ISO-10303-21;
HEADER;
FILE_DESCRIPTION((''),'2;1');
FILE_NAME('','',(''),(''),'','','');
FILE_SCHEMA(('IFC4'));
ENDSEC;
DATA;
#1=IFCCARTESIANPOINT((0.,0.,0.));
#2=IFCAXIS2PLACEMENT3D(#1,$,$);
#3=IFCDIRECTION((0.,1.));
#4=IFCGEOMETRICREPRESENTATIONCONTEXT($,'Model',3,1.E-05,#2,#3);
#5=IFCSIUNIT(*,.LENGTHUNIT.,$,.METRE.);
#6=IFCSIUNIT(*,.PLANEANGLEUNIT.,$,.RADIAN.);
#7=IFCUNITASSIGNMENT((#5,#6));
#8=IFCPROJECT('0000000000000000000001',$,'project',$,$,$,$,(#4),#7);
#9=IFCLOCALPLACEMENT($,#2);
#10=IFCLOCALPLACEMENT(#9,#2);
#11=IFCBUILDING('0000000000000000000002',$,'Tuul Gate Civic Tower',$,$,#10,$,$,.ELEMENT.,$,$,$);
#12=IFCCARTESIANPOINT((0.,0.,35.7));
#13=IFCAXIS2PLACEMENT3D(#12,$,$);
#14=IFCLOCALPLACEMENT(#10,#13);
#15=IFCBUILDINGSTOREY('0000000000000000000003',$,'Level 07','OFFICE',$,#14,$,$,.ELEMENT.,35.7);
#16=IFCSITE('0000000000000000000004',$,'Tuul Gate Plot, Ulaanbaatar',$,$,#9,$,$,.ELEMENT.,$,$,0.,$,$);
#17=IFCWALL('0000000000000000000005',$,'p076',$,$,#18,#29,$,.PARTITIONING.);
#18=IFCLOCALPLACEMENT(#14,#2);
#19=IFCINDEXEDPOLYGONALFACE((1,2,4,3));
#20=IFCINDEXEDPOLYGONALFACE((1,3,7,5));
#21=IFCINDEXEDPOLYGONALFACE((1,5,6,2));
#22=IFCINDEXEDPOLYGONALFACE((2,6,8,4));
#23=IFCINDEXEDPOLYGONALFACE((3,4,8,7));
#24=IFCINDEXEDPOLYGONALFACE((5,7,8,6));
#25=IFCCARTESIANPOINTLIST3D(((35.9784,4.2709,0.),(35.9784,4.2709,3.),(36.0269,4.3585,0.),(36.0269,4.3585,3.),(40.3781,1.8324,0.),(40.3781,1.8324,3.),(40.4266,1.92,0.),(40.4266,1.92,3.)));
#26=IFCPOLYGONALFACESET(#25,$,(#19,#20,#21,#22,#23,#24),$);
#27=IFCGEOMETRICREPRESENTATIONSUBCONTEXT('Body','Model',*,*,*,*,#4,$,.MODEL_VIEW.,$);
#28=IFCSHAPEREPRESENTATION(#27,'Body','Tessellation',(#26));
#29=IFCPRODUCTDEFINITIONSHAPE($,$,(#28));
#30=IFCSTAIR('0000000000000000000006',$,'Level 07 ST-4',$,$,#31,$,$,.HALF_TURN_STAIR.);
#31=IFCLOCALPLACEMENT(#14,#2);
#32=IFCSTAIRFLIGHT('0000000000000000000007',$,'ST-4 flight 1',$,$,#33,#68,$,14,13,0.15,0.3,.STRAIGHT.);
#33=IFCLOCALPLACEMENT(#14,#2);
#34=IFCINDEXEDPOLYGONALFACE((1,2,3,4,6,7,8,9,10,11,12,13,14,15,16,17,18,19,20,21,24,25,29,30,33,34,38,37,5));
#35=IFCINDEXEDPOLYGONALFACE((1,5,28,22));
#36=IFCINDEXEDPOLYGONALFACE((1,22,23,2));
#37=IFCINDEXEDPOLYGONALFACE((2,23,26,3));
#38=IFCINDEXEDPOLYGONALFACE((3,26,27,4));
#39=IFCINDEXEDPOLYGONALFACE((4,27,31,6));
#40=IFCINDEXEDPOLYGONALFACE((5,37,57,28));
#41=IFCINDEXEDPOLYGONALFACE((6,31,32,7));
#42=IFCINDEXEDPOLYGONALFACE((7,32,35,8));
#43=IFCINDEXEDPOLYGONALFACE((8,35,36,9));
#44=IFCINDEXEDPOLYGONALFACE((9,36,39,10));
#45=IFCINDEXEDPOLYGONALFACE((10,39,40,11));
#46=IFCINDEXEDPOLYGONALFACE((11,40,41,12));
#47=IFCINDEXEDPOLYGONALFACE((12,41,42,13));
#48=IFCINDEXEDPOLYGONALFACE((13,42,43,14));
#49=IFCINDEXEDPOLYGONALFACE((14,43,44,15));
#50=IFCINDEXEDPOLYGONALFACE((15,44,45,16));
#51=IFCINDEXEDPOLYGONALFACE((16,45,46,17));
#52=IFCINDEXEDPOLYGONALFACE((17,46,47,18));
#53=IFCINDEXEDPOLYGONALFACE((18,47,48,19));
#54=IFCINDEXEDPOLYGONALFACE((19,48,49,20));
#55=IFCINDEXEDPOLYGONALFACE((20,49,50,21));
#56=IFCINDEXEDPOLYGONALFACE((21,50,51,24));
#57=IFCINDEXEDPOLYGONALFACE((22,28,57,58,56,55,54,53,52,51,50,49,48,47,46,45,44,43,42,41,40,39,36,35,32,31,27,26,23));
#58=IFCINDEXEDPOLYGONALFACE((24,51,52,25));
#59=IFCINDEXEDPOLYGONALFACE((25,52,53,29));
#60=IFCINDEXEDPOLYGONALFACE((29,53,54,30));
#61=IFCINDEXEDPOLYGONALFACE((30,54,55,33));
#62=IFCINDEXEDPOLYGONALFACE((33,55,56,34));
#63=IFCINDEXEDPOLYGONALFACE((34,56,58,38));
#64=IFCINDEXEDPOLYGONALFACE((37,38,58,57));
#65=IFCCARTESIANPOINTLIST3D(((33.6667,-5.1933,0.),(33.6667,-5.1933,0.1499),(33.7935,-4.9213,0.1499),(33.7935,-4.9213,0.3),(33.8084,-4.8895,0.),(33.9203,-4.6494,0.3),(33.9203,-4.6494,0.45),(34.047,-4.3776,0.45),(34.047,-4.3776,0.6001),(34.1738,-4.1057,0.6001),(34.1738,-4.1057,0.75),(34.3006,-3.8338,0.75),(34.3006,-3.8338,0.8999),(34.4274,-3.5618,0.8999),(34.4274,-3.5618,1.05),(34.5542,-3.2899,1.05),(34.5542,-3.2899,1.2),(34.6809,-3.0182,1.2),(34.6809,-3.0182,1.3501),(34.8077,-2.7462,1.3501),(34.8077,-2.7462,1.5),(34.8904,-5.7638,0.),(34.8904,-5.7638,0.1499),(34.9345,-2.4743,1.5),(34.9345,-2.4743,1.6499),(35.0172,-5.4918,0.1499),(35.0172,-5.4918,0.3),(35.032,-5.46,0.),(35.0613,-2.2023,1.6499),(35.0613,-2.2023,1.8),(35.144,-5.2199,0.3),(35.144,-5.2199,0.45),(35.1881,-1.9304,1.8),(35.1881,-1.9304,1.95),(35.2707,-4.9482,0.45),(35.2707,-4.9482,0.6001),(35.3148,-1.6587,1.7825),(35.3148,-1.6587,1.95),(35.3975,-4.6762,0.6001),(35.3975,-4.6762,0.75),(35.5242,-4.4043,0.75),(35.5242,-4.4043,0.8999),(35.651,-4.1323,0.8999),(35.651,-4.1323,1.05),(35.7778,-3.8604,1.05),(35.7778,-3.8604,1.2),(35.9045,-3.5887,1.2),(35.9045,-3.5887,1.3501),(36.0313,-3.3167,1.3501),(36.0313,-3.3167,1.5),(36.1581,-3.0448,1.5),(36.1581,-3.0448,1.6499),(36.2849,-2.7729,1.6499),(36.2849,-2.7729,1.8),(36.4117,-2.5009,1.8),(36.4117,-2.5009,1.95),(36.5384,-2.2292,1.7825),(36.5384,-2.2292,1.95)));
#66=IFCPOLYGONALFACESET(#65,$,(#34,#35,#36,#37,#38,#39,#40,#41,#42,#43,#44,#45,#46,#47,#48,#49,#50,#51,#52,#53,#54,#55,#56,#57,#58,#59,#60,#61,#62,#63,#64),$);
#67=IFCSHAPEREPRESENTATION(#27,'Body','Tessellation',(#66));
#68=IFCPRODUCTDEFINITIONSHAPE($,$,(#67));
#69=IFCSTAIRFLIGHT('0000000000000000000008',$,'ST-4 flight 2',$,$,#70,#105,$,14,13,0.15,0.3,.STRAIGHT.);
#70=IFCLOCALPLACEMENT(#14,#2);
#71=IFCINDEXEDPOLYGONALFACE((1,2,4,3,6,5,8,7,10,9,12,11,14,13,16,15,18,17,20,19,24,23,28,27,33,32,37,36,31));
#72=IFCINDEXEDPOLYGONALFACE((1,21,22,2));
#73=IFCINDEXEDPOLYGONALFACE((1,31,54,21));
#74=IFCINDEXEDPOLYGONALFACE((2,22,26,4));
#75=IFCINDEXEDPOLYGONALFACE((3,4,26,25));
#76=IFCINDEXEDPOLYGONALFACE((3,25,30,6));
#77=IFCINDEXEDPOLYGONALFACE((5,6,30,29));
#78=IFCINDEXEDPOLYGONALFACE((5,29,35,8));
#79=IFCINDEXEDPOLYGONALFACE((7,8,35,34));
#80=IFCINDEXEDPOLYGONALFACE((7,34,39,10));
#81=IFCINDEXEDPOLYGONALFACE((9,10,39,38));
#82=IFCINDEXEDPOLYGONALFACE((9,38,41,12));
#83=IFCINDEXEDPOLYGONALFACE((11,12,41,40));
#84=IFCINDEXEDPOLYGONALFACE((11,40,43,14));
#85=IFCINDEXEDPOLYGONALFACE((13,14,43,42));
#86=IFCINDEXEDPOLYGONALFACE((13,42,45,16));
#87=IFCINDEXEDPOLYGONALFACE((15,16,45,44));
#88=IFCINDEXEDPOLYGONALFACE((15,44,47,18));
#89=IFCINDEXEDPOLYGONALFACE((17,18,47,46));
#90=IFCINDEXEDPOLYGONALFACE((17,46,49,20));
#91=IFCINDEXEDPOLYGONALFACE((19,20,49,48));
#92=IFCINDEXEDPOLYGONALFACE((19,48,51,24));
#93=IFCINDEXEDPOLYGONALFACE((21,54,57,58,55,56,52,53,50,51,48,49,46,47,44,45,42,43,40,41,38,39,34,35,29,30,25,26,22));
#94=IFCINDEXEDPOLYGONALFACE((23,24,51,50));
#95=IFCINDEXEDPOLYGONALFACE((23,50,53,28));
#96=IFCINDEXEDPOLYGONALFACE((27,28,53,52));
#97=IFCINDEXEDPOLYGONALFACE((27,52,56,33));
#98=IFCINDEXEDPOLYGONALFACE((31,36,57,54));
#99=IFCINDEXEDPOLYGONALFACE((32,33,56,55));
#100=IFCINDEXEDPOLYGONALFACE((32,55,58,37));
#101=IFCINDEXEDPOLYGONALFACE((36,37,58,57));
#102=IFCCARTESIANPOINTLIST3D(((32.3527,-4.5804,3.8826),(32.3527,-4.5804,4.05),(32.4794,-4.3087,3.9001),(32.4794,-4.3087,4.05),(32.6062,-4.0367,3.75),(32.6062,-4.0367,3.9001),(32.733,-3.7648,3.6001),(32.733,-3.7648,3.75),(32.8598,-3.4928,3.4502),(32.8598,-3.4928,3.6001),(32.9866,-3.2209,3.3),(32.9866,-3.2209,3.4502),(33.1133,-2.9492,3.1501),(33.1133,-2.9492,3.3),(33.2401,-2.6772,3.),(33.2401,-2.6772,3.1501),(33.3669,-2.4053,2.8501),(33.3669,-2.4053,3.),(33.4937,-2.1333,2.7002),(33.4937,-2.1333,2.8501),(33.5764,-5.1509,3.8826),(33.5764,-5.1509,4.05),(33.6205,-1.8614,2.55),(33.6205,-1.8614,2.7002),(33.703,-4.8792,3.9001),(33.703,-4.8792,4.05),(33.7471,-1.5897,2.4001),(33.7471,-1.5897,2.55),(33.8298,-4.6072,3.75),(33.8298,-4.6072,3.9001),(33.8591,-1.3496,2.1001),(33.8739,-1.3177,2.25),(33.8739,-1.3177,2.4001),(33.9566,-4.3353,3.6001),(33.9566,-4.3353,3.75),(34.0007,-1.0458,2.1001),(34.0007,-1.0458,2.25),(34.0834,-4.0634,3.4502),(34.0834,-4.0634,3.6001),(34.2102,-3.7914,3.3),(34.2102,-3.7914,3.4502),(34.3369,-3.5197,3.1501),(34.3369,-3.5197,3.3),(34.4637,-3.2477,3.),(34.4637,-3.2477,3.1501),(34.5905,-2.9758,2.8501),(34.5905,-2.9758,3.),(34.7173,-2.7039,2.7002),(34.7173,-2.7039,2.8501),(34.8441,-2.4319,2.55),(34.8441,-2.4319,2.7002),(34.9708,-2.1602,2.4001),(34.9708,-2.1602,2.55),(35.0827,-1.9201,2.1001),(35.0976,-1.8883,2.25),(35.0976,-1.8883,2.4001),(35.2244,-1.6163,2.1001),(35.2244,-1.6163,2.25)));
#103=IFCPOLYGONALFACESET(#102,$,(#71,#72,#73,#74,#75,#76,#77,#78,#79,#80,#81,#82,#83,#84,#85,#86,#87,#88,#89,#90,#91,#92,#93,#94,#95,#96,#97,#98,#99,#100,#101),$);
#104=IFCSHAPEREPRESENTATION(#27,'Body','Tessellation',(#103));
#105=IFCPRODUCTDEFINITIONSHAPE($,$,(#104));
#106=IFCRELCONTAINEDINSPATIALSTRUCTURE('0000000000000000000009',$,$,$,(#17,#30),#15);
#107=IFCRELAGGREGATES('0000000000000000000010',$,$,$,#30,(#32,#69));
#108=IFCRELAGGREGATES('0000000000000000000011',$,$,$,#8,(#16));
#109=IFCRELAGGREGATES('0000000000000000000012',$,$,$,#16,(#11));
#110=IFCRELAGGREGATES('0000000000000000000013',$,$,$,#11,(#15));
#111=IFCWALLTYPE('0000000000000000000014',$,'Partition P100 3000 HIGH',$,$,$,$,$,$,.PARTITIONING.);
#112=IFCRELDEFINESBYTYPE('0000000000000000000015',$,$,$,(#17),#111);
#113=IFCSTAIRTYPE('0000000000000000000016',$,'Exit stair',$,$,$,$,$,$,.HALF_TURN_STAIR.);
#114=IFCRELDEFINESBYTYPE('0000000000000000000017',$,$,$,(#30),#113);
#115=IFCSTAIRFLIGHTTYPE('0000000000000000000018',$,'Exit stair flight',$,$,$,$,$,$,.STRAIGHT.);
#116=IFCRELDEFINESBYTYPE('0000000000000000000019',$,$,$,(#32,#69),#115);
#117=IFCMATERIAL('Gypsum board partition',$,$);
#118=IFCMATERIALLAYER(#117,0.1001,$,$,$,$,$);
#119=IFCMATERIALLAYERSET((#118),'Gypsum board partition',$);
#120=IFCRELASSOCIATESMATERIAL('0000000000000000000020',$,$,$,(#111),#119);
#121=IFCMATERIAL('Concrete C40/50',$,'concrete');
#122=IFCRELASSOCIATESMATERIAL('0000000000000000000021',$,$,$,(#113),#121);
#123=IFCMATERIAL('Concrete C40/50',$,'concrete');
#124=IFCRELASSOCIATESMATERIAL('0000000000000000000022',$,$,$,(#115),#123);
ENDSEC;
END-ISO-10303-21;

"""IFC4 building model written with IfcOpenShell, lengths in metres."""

from ifc_helpers import new_model, si_unit, direction, frame, frame_2d, origin, place, context, subcontext, project, spatial, polyline, rectangle, outline, extrude, material, layer, layer_set, type_object, element, aggregate, save


model = new_model("IFC4")

# Units and contexts
model_context = context("Model", 3, precision=1e-05, world=origin(), true_north=direction((0.0, 1.0)))
body_context = subcontext(model_context, "Body", "Model", "MODEL_VIEW")
ifc_project = project(units=[si_unit("LENGTHUNIT", "METRE"), si_unit("PLANEANGLEUNIT", "RADIAN")], contexts=[model_context])

# Site, building, storey
site_placement = place(None, origin())
site = spatial("IfcSite", under=ifc_project, at=site_placement, Name="Tuul Gate Plot, Ulaanbaatar", CompositionType="ELEMENT", RefElevation=0.0)
building_placement = place(site_placement, origin())
building = spatial("IfcBuilding", under=site, at=building_placement, Name="Tuul Gate Civic Tower", CompositionType="ELEMENT")
storey_placement = place(building_placement, frame((0.0, 0.0, 35.7)))
storey = spatial("IfcBuildingStorey", under=building, at=storey_placement, Name="Level 07", Description="OFFICE", CompositionType="ELEMENT", Elevation=35.7)

# Wall
ifc_material_1 = material(Name="Gypsum board partition")
ifc_layer_1 = layer(ifc_material_1, 0.1001)
ifc_layer_set_1 = layer_set([ifc_layer_1], Name="Gypsum board partition")
wall_type_1 = type_object("IfcWallType", Name="Partition P100 3000 HIGH", PredefinedType="PARTITIONING", material=ifc_layer_set_1)
wall_1_placement = place(storey_placement, frame((36.0027, 4.3147, 0.0), z_axis=(0.0, 0.0, 1.0), x_axis=(0.874644, -0.484765, 0.0)))
element("IfcWall", 1, at=wall_1_placement, inside=storey, type_object=wall_type_1, Name="p076", PredefinedType="PARTITIONING", context=body_context, shape_type="SweptSolid", body=[
    extrude(rectangle(XDim=5.0303, YDim=0.1001, at=frame_2d((2.5151, 0.0))), origin(), (0.0, 0.0, 1.0), 3.0),
])

# Stair, stair flights
ifc_material_2 = material(Name="Concrete C40/50", Category="concrete")
stair_type = type_object("IfcStairType", Name="Exit stair", PredefinedType="HALF_TURN_STAIR", material=ifc_material_2)
stair_placement = place(storey_placement, origin())
stair = element("IfcStair", 2, at=stair_placement, inside=storey, type_object=stair_type, Name="Level 07 ST-4", PredefinedType="HALF_TURN_STAIR")
ifc_material_3 = material(Name="Concrete C40/50", Category="concrete")
stair_flight_type = type_object("IfcStairFlightType", Name="Exit stair flight", PredefinedType="STRAIGHT", material=ifc_material_3)
stair_flight_1_placement = place(storey_placement, frame((34.2786, -5.4785, 0.0), z_axis=(0.0, 0.0, 1.0), x_axis=(0.422576, 0.906327, 0.0)))
stair_flight_1 = element("IfcStairFlight", 3, at=stair_flight_1_placement, type_object=stair_flight_type, Name="ST-4 flight 1", NumberOfRisers=14, NumberOfTreads=13, PredefinedType="STRAIGHT", RiserHeight=0.15, TreadLength=0.3, context=body_context, shape_type="SweptSolid", body=[
    extrude(outline(polyline([(0.0, 0.0), (0.0, 0.1499), (0.3, 0.1499), (0.3, 0.3), (0.6001, 0.3), (0.6001, 0.45), (0.8999, 0.45), (0.8999, 0.6001), (1.2, 0.6001), (1.2, 0.75), (1.5, 0.75), (1.5, 0.8999), (1.8, 0.8999), (1.8, 1.05), (2.1001, 1.05), (2.1001, 1.2), (2.3999, 1.2), (2.3999, 1.3501), (2.7, 1.3501), (2.7, 1.5), (3.0, 1.5), (3.0, 1.6499), (3.3, 1.6499), (3.3, 1.8), (3.6001, 1.8), (3.6001, 1.95), (3.8999, 1.95), (3.8999, 2.1001), (3.8999, 1.7825), (0.3352, 0.0), (0.0, 0.0)])), frame((0.0, 0.675, 0.0), z_axis=(0.0, -1.0, 0.0), x_axis=(1.0, 0.0, 0.0)), (0.0, 0.0, 1.0), 1.3501),
])
stair_flight_2_placement = place(storey_placement, frame((34.6125, -1.3311, 2.1001), z_axis=(0.0, 0.0, 1.0), x_axis=(-0.422576, -0.906327, 0.0)))
stair_flight_2 = element("IfcStairFlight", 4, at=stair_flight_2_placement, type_object=stair_flight_type, Name="ST-4 flight 2", NumberOfRisers=14, NumberOfTreads=13, PredefinedType="STRAIGHT", RiserHeight=0.15, TreadLength=0.3, context=body_context, shape_type="SweptSolid", body=[
    extrude(outline(polyline([(0.0, 0.0), (0.0, 0.1499), (0.3, 0.1499), (0.3, 0.3), (0.6001, 0.3), (0.6001, 0.45), (0.8999, 0.45), (0.8999, 0.6001), (1.2, 0.6001), (1.2, 0.75), (1.5, 0.75), (1.5, 0.8999), (1.8, 0.8999), (1.8, 1.05), (2.1001, 1.05), (2.1001, 1.2), (2.3999, 1.2), (2.3999, 1.3501), (2.7, 1.3501), (2.7, 1.5), (3.0, 1.5), (3.0, 1.6499), (3.3, 1.6499), (3.3, 1.8), (3.6001, 1.8), (3.6001, 1.95), (3.8999, 1.95), (3.8999, 2.1001), (3.8999, 1.7825), (0.3352, 0.0), (0.0, 0.0)])), frame((0.0, 0.675, 0.0), z_axis=(0.0, -1.0, 0.0), x_axis=(1.0, 0.0, 0.0)), (0.0, 0.0, 1.0), 1.3501),
])
aggregate(stair, [stair_flight_1, stair_flight_2])

save(model, "model.ifc")
